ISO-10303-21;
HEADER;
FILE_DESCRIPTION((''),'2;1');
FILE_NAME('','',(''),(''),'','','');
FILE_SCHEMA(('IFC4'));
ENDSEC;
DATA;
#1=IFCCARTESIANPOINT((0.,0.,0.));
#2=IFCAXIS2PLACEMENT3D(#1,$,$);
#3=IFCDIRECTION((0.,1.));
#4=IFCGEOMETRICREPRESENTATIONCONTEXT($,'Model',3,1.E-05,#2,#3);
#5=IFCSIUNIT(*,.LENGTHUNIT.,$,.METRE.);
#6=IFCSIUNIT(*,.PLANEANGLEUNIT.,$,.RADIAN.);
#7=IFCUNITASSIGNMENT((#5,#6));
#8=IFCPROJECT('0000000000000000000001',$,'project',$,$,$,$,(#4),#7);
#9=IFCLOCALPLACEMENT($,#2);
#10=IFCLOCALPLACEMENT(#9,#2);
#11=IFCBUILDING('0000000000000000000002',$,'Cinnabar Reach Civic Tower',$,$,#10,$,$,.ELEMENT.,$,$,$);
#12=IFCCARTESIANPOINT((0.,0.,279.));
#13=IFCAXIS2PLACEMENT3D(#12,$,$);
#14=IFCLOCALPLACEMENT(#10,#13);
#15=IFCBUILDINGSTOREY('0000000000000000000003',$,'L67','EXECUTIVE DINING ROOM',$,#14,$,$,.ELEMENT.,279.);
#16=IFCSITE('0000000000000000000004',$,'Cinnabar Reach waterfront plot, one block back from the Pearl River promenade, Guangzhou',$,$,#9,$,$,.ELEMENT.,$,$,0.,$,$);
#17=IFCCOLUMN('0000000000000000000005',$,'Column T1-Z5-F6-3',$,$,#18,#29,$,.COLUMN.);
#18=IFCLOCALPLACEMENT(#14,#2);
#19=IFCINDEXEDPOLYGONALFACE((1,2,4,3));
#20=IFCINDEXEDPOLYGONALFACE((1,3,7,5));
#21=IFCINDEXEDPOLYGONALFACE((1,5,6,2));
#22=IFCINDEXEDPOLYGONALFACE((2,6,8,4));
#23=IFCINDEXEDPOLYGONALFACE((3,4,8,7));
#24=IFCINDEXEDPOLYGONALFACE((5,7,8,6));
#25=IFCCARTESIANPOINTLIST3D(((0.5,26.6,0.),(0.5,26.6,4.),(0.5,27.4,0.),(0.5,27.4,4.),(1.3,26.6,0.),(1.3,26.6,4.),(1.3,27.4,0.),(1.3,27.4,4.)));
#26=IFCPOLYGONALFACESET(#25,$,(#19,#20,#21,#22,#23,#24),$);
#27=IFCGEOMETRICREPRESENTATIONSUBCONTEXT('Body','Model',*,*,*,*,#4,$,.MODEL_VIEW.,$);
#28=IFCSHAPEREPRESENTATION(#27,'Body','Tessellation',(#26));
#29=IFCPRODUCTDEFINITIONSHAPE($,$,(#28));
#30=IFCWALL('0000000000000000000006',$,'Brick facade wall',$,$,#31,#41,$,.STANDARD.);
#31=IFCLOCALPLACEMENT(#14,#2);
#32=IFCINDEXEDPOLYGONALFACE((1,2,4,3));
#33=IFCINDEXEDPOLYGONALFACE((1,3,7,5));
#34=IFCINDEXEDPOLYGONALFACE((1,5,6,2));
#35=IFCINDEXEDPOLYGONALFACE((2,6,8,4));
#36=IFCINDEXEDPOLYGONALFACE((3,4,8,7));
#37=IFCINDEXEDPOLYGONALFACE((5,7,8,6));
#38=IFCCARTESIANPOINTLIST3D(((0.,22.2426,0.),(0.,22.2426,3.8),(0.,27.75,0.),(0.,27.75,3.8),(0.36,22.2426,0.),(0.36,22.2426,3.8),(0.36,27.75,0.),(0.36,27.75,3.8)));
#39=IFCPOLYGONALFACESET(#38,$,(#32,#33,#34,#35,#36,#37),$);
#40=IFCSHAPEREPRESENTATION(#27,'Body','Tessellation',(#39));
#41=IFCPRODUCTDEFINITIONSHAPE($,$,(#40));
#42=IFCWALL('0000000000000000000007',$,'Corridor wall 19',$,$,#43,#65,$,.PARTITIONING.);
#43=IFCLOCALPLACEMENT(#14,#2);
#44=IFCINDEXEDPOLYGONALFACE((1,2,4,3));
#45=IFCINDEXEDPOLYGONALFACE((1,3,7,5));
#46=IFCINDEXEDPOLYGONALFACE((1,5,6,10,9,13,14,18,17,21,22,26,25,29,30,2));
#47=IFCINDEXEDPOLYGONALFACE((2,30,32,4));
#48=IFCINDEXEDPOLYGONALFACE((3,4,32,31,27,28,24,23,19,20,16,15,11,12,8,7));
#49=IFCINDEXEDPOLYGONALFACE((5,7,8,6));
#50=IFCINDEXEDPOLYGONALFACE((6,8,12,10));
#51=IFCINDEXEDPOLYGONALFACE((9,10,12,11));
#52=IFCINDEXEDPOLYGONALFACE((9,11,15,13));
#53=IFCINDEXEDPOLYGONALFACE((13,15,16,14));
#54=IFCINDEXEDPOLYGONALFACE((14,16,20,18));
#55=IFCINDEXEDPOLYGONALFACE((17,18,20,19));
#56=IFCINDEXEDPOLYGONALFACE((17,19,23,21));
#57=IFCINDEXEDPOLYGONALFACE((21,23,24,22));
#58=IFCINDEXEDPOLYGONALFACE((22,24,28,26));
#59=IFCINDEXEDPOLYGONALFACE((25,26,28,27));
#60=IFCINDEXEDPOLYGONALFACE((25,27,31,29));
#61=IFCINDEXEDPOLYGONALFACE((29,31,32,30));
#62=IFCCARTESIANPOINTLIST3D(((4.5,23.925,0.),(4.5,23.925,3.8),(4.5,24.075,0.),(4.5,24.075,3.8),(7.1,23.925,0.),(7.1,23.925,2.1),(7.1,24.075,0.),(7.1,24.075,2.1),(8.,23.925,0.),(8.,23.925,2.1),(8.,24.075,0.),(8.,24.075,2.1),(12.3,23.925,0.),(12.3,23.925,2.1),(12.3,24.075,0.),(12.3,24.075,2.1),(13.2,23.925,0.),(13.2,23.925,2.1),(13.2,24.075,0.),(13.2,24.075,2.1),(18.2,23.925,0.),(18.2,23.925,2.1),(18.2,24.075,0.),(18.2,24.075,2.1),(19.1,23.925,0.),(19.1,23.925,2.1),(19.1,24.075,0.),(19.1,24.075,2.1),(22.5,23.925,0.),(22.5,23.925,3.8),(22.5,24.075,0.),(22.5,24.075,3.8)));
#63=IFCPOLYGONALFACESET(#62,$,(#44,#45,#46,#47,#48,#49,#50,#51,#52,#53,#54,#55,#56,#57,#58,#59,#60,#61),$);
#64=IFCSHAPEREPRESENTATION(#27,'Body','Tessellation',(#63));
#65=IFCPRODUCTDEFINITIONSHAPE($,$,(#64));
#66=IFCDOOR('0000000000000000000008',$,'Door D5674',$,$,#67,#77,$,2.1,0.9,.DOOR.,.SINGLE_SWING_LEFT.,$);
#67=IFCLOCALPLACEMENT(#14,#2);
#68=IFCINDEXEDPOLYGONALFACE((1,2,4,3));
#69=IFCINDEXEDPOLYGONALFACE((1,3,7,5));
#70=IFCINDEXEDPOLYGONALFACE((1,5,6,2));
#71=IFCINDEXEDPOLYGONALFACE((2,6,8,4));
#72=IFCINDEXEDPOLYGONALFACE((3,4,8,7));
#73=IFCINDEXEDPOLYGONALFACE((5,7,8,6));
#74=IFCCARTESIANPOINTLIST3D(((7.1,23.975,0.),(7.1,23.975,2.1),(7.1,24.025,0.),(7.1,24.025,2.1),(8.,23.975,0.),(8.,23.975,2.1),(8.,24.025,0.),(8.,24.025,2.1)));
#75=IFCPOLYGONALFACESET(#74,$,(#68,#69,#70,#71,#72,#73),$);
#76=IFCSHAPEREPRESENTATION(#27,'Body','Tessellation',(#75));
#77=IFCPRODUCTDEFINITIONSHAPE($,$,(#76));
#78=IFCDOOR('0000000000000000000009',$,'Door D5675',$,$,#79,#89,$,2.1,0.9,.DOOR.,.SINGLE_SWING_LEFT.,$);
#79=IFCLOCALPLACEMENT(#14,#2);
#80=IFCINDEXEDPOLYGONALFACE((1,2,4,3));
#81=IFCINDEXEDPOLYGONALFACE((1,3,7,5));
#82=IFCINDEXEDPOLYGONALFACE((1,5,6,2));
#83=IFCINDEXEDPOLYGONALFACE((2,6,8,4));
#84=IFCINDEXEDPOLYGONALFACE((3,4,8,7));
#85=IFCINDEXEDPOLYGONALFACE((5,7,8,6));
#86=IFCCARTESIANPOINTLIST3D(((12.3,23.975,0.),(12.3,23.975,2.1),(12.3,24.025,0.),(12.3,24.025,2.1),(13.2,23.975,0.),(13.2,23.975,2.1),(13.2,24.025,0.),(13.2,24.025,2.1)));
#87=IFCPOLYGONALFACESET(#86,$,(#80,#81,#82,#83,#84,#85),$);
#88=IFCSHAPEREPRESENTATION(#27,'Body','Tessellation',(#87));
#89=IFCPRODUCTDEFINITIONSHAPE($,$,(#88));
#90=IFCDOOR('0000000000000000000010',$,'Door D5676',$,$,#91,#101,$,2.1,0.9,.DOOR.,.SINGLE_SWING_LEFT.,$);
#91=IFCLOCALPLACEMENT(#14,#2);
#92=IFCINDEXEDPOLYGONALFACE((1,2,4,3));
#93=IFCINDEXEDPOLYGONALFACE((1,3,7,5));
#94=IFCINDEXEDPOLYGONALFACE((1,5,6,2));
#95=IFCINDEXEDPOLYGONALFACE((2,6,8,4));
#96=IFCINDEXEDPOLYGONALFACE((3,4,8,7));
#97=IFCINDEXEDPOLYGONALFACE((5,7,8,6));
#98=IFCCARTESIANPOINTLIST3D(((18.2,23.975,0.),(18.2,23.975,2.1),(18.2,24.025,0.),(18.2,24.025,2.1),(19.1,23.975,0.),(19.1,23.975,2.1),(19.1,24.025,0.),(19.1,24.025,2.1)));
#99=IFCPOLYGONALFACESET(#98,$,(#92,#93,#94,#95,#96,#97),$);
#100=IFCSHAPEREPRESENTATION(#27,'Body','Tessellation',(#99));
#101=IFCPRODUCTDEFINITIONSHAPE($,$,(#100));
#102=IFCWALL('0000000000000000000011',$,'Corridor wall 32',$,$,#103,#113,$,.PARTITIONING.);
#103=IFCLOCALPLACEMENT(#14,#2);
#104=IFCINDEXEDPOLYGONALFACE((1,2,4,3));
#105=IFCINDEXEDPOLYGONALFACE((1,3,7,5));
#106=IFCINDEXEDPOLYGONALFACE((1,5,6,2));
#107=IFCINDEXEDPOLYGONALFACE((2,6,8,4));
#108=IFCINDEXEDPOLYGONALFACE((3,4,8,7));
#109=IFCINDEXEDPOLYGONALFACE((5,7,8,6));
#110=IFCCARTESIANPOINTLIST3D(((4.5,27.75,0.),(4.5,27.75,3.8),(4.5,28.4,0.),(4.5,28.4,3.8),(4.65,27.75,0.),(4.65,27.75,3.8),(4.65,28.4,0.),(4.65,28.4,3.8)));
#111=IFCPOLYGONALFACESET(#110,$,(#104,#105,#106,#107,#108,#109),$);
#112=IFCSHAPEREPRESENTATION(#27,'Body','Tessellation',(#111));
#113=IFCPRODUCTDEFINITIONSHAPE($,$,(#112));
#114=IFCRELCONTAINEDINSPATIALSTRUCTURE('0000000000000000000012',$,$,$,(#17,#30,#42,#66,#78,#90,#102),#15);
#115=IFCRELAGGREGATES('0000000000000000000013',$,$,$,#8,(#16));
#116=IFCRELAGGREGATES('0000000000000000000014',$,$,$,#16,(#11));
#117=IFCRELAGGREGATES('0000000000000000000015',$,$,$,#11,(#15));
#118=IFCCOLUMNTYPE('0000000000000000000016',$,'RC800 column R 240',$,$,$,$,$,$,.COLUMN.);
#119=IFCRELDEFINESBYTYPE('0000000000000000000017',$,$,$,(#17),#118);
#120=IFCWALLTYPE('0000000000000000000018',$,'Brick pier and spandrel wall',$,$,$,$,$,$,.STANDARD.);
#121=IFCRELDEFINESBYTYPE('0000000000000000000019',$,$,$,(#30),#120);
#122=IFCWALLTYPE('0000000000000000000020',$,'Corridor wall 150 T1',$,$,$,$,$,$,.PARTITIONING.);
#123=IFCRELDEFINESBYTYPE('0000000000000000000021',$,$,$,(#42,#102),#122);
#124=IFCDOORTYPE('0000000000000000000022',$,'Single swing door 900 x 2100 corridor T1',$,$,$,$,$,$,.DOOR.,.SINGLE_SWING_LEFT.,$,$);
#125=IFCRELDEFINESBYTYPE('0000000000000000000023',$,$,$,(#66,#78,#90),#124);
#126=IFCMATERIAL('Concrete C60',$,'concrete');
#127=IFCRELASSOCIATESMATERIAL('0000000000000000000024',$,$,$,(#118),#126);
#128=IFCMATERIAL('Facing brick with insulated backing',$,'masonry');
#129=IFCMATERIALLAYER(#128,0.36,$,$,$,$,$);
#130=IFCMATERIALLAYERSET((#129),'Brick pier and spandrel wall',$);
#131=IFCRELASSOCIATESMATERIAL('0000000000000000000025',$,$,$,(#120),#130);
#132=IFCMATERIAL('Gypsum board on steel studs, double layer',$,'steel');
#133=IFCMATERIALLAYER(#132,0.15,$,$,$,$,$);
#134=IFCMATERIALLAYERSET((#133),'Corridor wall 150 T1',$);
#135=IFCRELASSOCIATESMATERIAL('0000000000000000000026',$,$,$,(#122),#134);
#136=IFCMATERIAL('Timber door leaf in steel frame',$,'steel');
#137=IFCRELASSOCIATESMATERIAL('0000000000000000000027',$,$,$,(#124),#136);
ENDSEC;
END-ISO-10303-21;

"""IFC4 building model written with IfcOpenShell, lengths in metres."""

from ifc_helpers import new_model, si_unit, direction, frame, frame_2d, origin, origin_2d, place, context, subcontext, project, spatial, rectangle, extrude, material, layer, layer_set, material_profile, profile_set, type_object, element, fill, save


model = new_model("IFC4")

# Units and contexts
model_context = context("Model", 3, precision=1e-05, world=origin(), true_north=direction((0.0, 1.0)))
body_context = subcontext(model_context, "Body", "Model", "MODEL_VIEW")
ifc_project = project(units=[si_unit("LENGTHUNIT", "METRE"), si_unit("PLANEANGLEUNIT", "RADIAN")], contexts=[model_context])

# Site, building, storey
site_placement = place(None, origin())
site = spatial("IfcSite", under=ifc_project, at=site_placement, Name="Cinnabar Reach waterfront plot, one block back from the Pearl River promenade, Guangzhou", CompositionType="ELEMENT", RefElevation=0.0)
building_placement = place(site_placement, origin())
building = spatial("IfcBuilding", under=site, at=building_placement, Name="Cinnabar Reach Civic Tower", CompositionType="ELEMENT")
storey_placement = place(building_placement, frame((0.0, 0.0, 279.0)))
storey = spatial("IfcBuildingStorey", under=building, at=storey_placement, Name="L67", Description="EXECUTIVE DINING ROOM", CompositionType="ELEMENT", Elevation=279.0)

# Column
ifc_material_1 = material(Name="Concrete C60", Category="concrete")
ifc_material_profile = material_profile(ifc_material_1, rectangle(XDim=0.8, YDim=0.8, at=origin_2d()), Name="RC800")
ifc_profile_set = profile_set([ifc_material_profile], Name="Concrete C60")
column_type = type_object("IfcColumnType", Name="RC800 column R 240", PredefinedType="COLUMN", material=ifc_profile_set)
column_placement = place(storey_placement, frame((0.9, 27.0, 0.0), z_axis=(0.0, 0.0, 1.0), x_axis=(1.0, 0.0, 0.0)))
element("IfcColumn", 1, at=column_placement, inside=storey, type_object=column_type, Name="Column T1-Z5-F6-3", PredefinedType="COLUMN", context=body_context, shape_type="SweptSolid", body=[
    extrude(rectangle(XDim=0.8, YDim=0.8, at=origin_2d()), origin(), (0.0, 0.0, 1.0), 4.0),
])

# Wall
ifc_material_2 = material(Name="Facing brick with insulated backing", Category="masonry")
ifc_layer_1 = layer(ifc_material_2, 0.36)
ifc_layer_set_1 = layer_set([ifc_layer_1], Name="Brick pier and spandrel wall")
wall_type_1 = type_object("IfcWallType", Name="Brick pier and spandrel wall", PredefinedType="STANDARD", material=ifc_layer_set_1)
wall_1_placement = place(storey_placement, frame((0.18, 27.75, 0.0), z_axis=(0.0, 0.0, 1.0), x_axis=(0.0, -1.0, 0.0)))
element("IfcWall", 2, at=wall_1_placement, inside=storey, type_object=wall_type_1, Name="Brick facade wall", PredefinedType="STANDARD", context=body_context, shape_type="SweptSolid", body=[
    extrude(rectangle(XDim=5.5074, YDim=0.36, at=frame_2d((2.7537, 0.0))), origin(), (0.0, 0.0, 1.0), 3.8),
])

# Wall, openings, doors
ifc_material_3 = material(Name="Gypsum board on steel studs, double layer", Category="steel")
ifc_layer_2 = layer(ifc_material_3, 0.15)
ifc_layer_set_2 = layer_set([ifc_layer_2], Name="Corridor wall 150 T1")
wall_type_2 = type_object("IfcWallType", Name="Corridor wall 150 T1", PredefinedType="PARTITIONING", material=ifc_layer_set_2)
wall_2_placement = place(storey_placement, frame((4.5, 24.0, 0.0), z_axis=(0.0, 0.0, 1.0), x_axis=(1.0, 0.0, 0.0)))
wall_2 = element("IfcWall", 3, at=wall_2_placement, inside=storey, type_object=wall_type_2, Name="Corridor wall 19", PredefinedType="PARTITIONING", context=body_context, shape_type="SweptSolid", body=[
    extrude(rectangle(XDim=18.0, YDim=0.15, at=frame_2d((9.0, 0.0))), origin(), (0.0, 0.0, 1.0), 3.8),
])
opening_1_placement = place(wall_2_placement, frame((2.6, 0.0, 0.0)))
opening_1 = element("IfcOpeningElement", 4, at=opening_1_placement, cuts=wall_2, PredefinedType="OPENING", context=body_context, shape_type="SweptSolid", body=[
    extrude(rectangle(XDim=0.9, YDim=2.1, at=frame_2d((0.45, 1.05))), frame((0.0, 0.085, 0.0), z_axis=(0.0, -1.0, 0.0), x_axis=(1.0, 0.0, 0.0)), (0.0, 0.0, 1.0), 0.17),
])
opening_2_placement = place(wall_2_placement, frame((7.8, 0.0, 0.0)))
opening_2 = element("IfcOpeningElement", 5, at=opening_2_placement, cuts=wall_2, PredefinedType="OPENING", context=body_context, shape_type="SweptSolid", body=[
    extrude(rectangle(XDim=0.9, YDim=2.1, at=frame_2d((0.45, 1.05))), frame((0.0, 0.085, 0.0), z_axis=(0.0, -1.0, 0.0), x_axis=(1.0, 0.0, 0.0)), (0.0, 0.0, 1.0), 0.17),
])
opening_3_placement = place(wall_2_placement, frame((13.7, 0.0, 0.0)))
opening_3 = element("IfcOpeningElement", 6, at=opening_3_placement, cuts=wall_2, PredefinedType="OPENING", context=body_context, shape_type="SweptSolid", body=[
    extrude(rectangle(XDim=0.9, YDim=2.1, at=frame_2d((0.45, 1.05))), frame((0.0, 0.085, 0.0), z_axis=(0.0, -1.0, 0.0), x_axis=(1.0, 0.0, 0.0)), (0.0, 0.0, 1.0), 0.17),
])
ifc_material_4 = material(Name="Timber door leaf in steel frame", Category="steel")
door_type_1 = type_object("IfcDoorType", Name="Single swing door 900 x 2100 corridor T1", OperationType="SINGLE_SWING_LEFT", PredefinedType="DOOR", material=ifc_material_4)
door_1_placement = place(opening_1_placement, frame((0.9, 0.0, 0.0), z_axis=(0.0, 0.0, 1.0), x_axis=(-1.0, 0.0, 0.0)))
door_1 = element("IfcDoor", 7, at=door_1_placement, inside=storey, type_object=door_type_1, Name="Door D5674", OperationType="SINGLE_SWING_LEFT", OverallHeight=2.1, OverallWidth=0.9, PredefinedType="DOOR", context=body_context, shape_type="SweptSolid", body=[
    extrude(rectangle(XDim=0.9, YDim=2.1, at=frame_2d((0.45, 1.05))), frame((0.0, 0.025, 0.0), z_axis=(0.0, -1.0, 0.0), x_axis=(1.0, 0.0, 0.0)), (0.0, 0.0, 1.0), 0.05),
])
fill(opening_1, door_1)
door_2_placement = place(opening_2_placement, frame((0.9, 0.0, 0.0), z_axis=(0.0, 0.0, 1.0), x_axis=(-1.0, 0.0, 0.0)))
door_2 = element("IfcDoor", 8, at=door_2_placement, inside=storey, type_object=door_type_1, Name="Door D5675", OperationType="SINGLE_SWING_LEFT", OverallHeight=2.1, OverallWidth=0.9, PredefinedType="DOOR", context=body_context, shape_type="SweptSolid", body=[
    extrude(rectangle(XDim=0.9, YDim=2.1, at=frame_2d((0.45, 1.05))), frame((0.0, 0.025, 0.0), z_axis=(0.0, -1.0, 0.0), x_axis=(1.0, 0.0, 0.0)), (0.0, 0.0, 1.0), 0.05),
])
fill(opening_2, door_2)
door_3_placement = place(opening_3_placement, frame((0.9, 0.0, 0.0), z_axis=(0.0, 0.0, 1.0), x_axis=(-1.0, 0.0, 0.0)))
door_3 = element("IfcDoor", 9, at=door_3_placement, inside=storey, type_object=door_type_1, Name="Door D5676", OperationType="SINGLE_SWING_LEFT", OverallHeight=2.1, OverallWidth=0.9, PredefinedType="DOOR", context=body_context, shape_type="SweptSolid", body=[
    extrude(rectangle(XDim=0.9, YDim=2.1, at=frame_2d((0.45, 1.05))), frame((0.0, 0.025, 0.0), z_axis=(0.0, -1.0, 0.0), x_axis=(1.0, 0.0, 0.0)), (0.0, 0.0, 1.0), 0.05),
])
fill(opening_3, door_3)

# Wall
wall_3_placement = place(storey_placement, frame((4.575, 27.75, 0.0), z_axis=(0.0, 0.0, 1.0), x_axis=(0.0, 1.0, 0.0)))
element("IfcWall", 10, at=wall_3_placement, inside=storey, type_object=wall_type_2, Name="Corridor wall 32", PredefinedType="PARTITIONING", context=body_context, shape_type="SweptSolid", body=[
    extrude(rectangle(XDim=0.65, YDim=0.15, at=frame_2d((0.325, 0.0))), origin(), (0.0, 0.0, 1.0), 3.8),
])

save(model, "model.ifc")
